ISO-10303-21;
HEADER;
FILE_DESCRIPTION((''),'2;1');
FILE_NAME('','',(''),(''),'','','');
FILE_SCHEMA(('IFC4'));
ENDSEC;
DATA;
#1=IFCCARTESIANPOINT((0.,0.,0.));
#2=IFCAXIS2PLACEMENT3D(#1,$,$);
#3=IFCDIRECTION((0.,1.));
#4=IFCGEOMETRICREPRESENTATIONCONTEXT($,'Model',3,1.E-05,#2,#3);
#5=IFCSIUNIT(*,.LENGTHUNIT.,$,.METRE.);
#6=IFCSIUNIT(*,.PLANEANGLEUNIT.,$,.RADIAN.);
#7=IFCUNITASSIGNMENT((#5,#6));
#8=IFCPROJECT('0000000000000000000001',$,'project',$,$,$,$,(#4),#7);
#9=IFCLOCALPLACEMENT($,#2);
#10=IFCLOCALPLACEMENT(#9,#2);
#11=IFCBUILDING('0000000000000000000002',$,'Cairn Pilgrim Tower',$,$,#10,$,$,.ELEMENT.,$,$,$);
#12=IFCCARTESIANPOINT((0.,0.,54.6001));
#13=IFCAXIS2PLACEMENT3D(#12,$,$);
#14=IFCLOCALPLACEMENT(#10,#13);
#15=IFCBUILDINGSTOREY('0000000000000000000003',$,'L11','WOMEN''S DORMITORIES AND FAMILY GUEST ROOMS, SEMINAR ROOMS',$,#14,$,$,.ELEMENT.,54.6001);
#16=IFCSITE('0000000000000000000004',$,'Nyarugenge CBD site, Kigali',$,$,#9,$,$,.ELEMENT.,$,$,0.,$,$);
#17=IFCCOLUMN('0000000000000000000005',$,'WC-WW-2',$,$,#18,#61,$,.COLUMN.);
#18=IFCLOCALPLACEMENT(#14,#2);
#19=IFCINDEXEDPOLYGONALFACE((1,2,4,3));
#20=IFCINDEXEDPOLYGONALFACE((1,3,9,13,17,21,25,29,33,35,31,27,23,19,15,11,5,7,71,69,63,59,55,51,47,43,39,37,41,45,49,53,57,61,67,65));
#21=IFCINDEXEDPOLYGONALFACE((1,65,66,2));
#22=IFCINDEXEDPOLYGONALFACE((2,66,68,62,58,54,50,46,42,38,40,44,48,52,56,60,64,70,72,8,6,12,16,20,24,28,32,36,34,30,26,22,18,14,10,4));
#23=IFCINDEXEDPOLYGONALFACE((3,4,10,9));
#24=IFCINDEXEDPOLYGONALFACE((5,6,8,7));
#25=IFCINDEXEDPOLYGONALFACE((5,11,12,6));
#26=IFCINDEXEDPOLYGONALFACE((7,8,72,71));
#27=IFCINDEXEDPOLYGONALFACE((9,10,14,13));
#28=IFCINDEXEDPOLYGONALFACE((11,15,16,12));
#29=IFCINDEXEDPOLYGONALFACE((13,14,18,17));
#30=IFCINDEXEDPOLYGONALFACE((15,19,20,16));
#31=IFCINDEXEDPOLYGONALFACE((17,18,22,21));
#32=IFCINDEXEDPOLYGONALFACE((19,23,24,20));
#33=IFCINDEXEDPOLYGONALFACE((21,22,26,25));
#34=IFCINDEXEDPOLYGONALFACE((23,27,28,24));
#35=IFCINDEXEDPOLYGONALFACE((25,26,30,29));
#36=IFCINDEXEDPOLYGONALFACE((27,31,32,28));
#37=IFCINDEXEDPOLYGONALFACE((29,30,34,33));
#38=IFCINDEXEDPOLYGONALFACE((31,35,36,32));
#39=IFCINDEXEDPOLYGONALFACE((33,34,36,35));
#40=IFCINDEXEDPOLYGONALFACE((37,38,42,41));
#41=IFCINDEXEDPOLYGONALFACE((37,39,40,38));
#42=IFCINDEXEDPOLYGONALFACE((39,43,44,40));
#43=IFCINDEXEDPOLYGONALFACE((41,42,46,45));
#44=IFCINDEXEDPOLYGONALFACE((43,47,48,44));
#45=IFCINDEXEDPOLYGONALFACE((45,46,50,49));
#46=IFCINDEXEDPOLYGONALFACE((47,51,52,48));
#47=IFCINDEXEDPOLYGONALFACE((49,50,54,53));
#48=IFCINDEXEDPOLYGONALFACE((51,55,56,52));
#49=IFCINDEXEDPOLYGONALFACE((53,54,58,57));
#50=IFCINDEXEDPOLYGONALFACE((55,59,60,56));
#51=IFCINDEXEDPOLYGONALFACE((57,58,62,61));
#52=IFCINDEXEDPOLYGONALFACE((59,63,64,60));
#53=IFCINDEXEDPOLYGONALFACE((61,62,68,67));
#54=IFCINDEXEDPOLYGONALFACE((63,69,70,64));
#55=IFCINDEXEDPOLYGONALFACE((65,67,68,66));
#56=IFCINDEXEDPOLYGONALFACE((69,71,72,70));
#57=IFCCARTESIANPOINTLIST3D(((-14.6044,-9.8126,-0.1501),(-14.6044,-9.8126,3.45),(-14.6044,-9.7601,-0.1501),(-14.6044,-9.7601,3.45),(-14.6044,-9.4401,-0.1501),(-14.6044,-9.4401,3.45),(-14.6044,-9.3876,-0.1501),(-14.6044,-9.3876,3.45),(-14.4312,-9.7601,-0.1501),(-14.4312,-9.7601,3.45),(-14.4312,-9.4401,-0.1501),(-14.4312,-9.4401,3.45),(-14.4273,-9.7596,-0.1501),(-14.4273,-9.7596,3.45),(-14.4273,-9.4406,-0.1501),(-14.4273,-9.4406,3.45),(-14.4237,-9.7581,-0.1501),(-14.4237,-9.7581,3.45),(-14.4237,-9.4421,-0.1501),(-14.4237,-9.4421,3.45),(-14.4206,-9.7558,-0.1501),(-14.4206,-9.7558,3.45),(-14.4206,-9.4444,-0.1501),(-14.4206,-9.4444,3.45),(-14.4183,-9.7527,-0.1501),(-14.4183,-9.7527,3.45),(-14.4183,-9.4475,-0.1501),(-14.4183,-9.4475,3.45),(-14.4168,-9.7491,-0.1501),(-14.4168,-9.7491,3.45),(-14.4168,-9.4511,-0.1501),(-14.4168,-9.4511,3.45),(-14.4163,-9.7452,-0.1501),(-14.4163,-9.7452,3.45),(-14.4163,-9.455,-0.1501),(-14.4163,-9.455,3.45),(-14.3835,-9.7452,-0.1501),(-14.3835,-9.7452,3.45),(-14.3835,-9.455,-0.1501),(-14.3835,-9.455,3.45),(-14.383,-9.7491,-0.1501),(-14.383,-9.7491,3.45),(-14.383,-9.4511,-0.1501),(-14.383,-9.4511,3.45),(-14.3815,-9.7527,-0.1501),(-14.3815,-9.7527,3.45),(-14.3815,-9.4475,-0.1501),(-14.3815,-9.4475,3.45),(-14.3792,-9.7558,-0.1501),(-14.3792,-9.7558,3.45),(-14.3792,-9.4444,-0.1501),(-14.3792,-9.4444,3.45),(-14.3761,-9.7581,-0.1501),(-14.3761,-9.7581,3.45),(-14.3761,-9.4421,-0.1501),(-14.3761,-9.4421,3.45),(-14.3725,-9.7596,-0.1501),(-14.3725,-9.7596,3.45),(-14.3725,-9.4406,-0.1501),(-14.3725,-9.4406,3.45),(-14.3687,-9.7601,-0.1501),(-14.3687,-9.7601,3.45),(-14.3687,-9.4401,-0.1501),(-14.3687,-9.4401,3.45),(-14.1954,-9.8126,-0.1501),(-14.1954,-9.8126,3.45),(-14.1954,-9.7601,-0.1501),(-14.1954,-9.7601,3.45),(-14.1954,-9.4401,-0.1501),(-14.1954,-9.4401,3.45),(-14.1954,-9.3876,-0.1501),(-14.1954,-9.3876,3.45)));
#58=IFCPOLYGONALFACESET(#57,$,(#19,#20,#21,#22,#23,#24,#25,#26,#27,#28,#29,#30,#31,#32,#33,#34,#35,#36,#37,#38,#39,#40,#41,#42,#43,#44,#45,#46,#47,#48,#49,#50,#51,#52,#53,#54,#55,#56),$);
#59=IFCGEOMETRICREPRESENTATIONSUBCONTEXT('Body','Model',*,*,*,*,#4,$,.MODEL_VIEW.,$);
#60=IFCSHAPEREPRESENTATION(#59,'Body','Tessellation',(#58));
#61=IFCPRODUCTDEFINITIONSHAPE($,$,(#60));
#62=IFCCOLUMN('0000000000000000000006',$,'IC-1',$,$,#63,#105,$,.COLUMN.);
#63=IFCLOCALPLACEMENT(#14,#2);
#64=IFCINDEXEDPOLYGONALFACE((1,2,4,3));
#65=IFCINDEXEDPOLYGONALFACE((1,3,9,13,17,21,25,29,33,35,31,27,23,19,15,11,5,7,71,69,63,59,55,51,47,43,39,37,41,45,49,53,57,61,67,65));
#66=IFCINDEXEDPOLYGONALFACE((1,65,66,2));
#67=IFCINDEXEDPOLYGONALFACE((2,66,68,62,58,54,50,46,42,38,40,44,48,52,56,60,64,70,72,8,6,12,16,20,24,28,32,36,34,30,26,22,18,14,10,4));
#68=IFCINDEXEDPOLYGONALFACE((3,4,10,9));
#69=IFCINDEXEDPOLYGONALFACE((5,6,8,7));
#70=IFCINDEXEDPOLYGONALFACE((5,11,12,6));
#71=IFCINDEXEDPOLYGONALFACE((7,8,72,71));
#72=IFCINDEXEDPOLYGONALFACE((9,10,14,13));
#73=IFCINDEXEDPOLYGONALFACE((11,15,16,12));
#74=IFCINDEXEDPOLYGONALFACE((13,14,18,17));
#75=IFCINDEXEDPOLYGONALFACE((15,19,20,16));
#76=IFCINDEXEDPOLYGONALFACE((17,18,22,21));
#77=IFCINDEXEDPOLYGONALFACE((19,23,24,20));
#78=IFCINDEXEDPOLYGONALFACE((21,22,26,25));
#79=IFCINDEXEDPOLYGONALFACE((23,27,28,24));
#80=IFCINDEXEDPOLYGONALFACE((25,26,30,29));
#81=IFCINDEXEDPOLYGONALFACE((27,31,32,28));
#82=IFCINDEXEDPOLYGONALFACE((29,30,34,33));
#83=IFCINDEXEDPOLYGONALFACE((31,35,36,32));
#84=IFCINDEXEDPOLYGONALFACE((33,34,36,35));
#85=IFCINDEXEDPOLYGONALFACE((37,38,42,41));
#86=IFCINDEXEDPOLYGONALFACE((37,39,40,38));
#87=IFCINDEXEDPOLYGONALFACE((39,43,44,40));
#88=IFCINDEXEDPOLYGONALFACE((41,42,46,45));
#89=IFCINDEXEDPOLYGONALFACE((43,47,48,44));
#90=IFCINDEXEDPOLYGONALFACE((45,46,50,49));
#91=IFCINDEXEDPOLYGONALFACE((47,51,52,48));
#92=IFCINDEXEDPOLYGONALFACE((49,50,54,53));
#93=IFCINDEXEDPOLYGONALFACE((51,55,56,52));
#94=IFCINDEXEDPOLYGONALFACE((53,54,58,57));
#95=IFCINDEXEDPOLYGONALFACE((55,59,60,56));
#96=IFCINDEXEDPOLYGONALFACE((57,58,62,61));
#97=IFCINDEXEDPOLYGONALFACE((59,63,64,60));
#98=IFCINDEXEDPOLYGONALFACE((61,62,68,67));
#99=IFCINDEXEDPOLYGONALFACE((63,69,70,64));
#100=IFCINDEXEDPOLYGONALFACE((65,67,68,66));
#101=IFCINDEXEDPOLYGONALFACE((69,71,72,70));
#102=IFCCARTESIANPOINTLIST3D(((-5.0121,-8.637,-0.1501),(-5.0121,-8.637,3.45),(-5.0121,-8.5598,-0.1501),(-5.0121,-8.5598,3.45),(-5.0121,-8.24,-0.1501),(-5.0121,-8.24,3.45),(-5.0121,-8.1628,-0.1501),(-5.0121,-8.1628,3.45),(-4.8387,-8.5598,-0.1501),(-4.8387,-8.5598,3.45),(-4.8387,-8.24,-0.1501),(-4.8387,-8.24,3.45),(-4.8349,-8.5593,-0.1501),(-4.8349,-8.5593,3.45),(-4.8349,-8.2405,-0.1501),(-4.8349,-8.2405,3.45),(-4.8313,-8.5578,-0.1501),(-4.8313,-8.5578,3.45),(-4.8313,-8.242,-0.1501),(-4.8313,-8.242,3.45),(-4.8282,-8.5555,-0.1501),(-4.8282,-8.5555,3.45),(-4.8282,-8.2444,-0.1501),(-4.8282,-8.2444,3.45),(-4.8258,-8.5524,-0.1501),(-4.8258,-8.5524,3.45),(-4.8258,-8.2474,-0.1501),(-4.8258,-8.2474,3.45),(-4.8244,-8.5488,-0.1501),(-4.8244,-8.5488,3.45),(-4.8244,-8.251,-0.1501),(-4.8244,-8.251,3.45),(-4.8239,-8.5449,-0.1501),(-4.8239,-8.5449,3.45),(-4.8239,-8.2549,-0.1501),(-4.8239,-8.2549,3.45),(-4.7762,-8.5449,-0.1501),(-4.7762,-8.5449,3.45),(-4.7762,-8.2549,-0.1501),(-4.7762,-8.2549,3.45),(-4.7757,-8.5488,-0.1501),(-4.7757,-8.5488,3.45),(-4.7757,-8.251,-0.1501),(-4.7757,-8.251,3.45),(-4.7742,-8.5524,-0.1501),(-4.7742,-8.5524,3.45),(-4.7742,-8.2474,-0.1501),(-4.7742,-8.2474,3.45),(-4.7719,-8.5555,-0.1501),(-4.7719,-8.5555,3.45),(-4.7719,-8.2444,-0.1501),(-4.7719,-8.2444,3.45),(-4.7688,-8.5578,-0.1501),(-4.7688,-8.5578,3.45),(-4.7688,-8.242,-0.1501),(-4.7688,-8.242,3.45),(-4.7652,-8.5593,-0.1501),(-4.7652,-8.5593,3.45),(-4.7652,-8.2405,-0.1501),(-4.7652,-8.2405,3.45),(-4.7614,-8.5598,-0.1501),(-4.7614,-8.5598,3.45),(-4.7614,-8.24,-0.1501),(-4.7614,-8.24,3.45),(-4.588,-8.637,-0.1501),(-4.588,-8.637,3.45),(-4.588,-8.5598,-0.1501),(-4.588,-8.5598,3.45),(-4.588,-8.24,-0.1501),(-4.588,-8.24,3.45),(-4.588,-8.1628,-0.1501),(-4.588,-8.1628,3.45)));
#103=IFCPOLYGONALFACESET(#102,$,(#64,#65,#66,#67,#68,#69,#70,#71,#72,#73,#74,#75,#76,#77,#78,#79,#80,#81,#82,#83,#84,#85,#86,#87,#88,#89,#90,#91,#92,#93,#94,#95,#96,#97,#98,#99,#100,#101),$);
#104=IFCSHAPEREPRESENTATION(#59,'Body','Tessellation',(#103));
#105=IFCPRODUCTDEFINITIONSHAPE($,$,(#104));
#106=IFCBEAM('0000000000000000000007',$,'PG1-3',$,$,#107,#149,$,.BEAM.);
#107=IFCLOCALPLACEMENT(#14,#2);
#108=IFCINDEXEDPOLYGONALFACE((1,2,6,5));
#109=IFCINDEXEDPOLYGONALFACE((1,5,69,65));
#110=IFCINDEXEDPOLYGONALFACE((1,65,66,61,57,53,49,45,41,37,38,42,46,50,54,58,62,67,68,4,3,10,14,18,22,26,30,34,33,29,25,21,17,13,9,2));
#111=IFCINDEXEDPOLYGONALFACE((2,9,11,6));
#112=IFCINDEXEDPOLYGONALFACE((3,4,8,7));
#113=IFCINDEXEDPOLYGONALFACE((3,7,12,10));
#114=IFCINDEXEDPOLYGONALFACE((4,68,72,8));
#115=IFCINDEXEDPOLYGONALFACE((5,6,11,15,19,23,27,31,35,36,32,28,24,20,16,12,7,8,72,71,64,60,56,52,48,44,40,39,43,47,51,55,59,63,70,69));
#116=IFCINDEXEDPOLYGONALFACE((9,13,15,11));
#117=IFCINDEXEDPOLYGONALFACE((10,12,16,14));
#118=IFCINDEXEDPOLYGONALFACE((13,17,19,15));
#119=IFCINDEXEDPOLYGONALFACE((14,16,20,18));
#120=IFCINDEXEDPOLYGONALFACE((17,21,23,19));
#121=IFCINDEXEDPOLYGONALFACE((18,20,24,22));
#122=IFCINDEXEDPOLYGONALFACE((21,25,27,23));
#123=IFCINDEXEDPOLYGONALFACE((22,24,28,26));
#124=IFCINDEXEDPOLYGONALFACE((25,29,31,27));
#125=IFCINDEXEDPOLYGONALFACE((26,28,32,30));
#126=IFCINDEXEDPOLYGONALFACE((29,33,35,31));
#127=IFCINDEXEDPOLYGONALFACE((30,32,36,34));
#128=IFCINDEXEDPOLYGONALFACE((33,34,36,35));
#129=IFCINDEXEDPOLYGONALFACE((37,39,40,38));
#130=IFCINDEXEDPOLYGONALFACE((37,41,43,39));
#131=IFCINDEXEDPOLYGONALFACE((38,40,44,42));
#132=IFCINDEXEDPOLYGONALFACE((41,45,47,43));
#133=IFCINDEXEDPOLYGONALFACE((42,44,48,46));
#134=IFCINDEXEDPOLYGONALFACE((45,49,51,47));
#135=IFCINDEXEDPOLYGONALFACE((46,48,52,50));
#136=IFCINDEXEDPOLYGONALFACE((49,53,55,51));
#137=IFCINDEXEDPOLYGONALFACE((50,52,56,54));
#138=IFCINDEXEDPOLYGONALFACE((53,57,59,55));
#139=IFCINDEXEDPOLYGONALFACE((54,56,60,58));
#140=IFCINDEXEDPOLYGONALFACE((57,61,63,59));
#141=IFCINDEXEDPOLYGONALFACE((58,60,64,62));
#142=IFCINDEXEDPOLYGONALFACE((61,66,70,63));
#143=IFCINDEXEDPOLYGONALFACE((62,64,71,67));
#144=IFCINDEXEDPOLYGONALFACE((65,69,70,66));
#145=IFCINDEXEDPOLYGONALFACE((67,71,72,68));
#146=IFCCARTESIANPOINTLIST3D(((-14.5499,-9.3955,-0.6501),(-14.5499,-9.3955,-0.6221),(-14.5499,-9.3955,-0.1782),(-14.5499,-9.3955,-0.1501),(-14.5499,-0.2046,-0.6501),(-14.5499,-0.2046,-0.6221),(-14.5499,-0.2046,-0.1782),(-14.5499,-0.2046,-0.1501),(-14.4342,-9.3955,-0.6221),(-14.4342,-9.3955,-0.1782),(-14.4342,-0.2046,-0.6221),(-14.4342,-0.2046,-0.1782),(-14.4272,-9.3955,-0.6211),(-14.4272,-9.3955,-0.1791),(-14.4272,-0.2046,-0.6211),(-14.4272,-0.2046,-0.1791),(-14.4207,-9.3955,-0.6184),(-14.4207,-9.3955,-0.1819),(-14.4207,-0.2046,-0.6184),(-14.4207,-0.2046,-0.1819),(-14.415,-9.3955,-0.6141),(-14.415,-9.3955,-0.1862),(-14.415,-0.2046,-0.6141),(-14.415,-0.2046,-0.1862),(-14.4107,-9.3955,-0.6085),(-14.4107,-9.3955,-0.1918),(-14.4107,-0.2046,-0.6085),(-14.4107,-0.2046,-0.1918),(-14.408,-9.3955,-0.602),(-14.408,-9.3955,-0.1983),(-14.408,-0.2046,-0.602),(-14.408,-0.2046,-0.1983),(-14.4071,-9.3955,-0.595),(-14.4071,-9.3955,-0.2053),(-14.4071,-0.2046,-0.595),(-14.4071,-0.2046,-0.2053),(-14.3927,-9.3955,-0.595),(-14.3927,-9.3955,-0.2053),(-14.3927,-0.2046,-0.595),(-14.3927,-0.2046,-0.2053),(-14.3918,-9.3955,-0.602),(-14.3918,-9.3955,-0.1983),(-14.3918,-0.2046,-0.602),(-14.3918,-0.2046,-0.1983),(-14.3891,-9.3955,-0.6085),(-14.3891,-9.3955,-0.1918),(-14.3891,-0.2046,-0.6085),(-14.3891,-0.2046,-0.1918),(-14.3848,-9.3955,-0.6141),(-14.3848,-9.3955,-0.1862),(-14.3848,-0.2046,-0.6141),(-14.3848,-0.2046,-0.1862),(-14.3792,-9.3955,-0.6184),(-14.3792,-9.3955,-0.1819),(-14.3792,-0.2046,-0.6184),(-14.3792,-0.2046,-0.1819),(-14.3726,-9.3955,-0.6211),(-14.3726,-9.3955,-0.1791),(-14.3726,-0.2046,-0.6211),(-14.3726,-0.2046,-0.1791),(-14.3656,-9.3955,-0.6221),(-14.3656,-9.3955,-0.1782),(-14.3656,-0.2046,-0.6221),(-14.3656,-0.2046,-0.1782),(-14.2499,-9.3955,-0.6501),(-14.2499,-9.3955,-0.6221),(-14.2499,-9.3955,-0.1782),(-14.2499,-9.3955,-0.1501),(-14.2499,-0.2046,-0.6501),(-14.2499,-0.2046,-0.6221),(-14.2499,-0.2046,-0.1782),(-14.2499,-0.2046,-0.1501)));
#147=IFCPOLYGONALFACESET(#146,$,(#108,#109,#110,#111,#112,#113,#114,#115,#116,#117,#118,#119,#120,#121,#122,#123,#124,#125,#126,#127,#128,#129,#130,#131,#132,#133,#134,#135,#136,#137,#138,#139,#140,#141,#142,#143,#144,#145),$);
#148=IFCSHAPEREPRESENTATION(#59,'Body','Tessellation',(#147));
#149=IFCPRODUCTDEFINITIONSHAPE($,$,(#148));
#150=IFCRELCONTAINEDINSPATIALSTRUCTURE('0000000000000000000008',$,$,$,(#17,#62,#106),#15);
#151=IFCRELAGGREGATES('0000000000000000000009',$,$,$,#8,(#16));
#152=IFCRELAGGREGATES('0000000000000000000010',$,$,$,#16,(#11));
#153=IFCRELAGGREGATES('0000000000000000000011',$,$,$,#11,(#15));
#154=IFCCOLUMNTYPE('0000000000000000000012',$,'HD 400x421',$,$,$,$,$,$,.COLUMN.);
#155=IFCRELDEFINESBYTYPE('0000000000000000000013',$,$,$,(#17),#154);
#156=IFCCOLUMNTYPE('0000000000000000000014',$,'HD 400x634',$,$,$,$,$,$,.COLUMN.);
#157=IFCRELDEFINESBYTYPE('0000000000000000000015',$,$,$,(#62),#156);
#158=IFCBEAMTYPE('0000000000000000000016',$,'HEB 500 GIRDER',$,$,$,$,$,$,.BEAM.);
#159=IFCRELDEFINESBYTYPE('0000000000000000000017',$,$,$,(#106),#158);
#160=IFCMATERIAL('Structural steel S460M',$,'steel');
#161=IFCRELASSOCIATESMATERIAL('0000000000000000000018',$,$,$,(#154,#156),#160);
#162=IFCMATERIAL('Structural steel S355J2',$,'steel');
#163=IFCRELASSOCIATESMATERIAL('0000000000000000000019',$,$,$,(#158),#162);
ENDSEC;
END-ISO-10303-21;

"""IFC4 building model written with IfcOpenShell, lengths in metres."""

from ifc_helpers import new_model, si_unit, direction, frame, origin, origin_2d, place, context, subcontext, project, spatial, i_section, extrude, material, material_profile, profile_set, type_object, element, save


model = new_model("IFC4")

# Units and contexts
model_context = context("Model", 3, precision=1e-05, world=origin(), true_north=direction((0.0, 1.0)))
body_context = subcontext(model_context, "Body", "Model", "MODEL_VIEW")
ifc_project = project(units=[si_unit("LENGTHUNIT", "METRE"), si_unit("PLANEANGLEUNIT", "RADIAN")], contexts=[model_context])

# Site, building, storey
site_placement = place(None, origin())
site = spatial("IfcSite", under=ifc_project, at=site_placement, Name="Nyarugenge CBD site, Kigali", CompositionType="ELEMENT", RefElevation=0.0)
building_placement = place(site_placement, origin())
building = spatial("IfcBuilding", under=site, at=building_placement, Name="Cairn Pilgrim Tower", CompositionType="ELEMENT")
storey_placement = place(building_placement, frame((0.0, 0.0, 54.6001)))
storey = spatial("IfcBuildingStorey", under=building, at=storey_placement, Name="L11", Description="WOMEN'S DORMITORIES AND FAMILY GUEST ROOMS, SEMINAR ROOMS", CompositionType="ELEMENT", Elevation=54.6001)

# Columns
ifc_material_1 = material(Name="Structural steel S460M", Category="steel")
ifc_material_profile_1 = material_profile(ifc_material_1, i_section(OverallWidth=0.4089, OverallDepth=0.425, WebThickness=0.0327, FlangeThickness=0.0525, FilletRadius=0.0149, at=origin_2d()), Name="HD 400x421")
ifc_profile_set_1 = profile_set([ifc_material_profile_1], Name="Structural steel S460M")
column_type_1 = type_object("IfcColumnType", Name="HD 400x421", PredefinedType="COLUMN", material=ifc_profile_set_1)
column_1_placement = place(storey_placement, frame((-14.3999, -9.6001, -0.1501), z_axis=(0.0, 0.0, 1.0), x_axis=(1.0, 0.0, 0.0)))
element("IfcColumn", 1, at=column_1_placement, inside=storey, type_object=column_type_1, Name="WC-WW-2", PredefinedType="COLUMN", context=body_context, shape_type="SweptSolid", body=[
    extrude(i_section(OverallWidth=0.4089, OverallDepth=0.425, WebThickness=0.0327, FlangeThickness=0.0525, FilletRadius=0.0149, at=origin_2d()), origin(), (0.0, 0.0, 1.0), 3.6001),
])
ifc_material_profile_2 = material_profile(ifc_material_1, i_section(OverallWidth=0.4241, OverallDepth=0.4741, WebThickness=0.0476, FlangeThickness=0.0771, FilletRadius=0.0149, at=origin_2d()), Name="HD 400x634")
ifc_profile_set_2 = profile_set([ifc_material_profile_2], Name="Structural steel S460M")
column_type_2 = type_object("IfcColumnType", Name="HD 400x634", PredefinedType="COLUMN", material=ifc_profile_set_2)
column_2_placement = place(storey_placement, frame((-4.8, -8.3999, -0.1501), z_axis=(0.0, 0.0, 1.0), x_axis=(1.0, 0.0, 0.0)))
element("IfcColumn", 2, at=column_2_placement, inside=storey, type_object=column_type_2, Name="IC-1", PredefinedType="COLUMN", context=body_context, shape_type="SweptSolid", body=[
    extrude(i_section(OverallWidth=0.4241, OverallDepth=0.4741, WebThickness=0.0476, FlangeThickness=0.0771, FilletRadius=0.0149, at=origin_2d()), origin(), (0.0, 0.0, 1.0), 3.6001),
])

# Beam
ifc_material_2 = material(Name="Structural steel S355J2", Category="steel")
ifc_material_profile_3 = material_profile(ifc_material_2, i_section(OverallWidth=0.3, OverallDepth=0.5, WebThickness=0.0144, FlangeThickness=0.0281, FilletRadius=0.0271, at=origin_2d()), Name="HEB 500")
ifc_profile_set_3 = profile_set([ifc_material_profile_3], Name="Structural steel S355J2")
beam_type_1 = type_object("IfcBeamType", Name="HEB 500 GIRDER", PredefinedType="BEAM", material=ifc_profile_set_3)
beam_1_placement = place(storey_placement, frame((-14.3999, -9.3955, -0.4001), z_axis=(0.0, 1.0, 0.0), x_axis=(-1.0, 0.0, 0.0)))
element("IfcBeam", 3, at=beam_1_placement, inside=storey, type_object=beam_type_1, Name="PG1-3", PredefinedType="BEAM", context=body_context, shape_type="SweptSolid", body=[
    extrude(i_section(OverallWidth=0.3, OverallDepth=0.5, WebThickness=0.0144, FlangeThickness=0.0281, FilletRadius=0.0271, at=origin_2d()), origin(), (0.0, 0.0, 1.0), 9.1909),
])

save(model, "model.ifc")
